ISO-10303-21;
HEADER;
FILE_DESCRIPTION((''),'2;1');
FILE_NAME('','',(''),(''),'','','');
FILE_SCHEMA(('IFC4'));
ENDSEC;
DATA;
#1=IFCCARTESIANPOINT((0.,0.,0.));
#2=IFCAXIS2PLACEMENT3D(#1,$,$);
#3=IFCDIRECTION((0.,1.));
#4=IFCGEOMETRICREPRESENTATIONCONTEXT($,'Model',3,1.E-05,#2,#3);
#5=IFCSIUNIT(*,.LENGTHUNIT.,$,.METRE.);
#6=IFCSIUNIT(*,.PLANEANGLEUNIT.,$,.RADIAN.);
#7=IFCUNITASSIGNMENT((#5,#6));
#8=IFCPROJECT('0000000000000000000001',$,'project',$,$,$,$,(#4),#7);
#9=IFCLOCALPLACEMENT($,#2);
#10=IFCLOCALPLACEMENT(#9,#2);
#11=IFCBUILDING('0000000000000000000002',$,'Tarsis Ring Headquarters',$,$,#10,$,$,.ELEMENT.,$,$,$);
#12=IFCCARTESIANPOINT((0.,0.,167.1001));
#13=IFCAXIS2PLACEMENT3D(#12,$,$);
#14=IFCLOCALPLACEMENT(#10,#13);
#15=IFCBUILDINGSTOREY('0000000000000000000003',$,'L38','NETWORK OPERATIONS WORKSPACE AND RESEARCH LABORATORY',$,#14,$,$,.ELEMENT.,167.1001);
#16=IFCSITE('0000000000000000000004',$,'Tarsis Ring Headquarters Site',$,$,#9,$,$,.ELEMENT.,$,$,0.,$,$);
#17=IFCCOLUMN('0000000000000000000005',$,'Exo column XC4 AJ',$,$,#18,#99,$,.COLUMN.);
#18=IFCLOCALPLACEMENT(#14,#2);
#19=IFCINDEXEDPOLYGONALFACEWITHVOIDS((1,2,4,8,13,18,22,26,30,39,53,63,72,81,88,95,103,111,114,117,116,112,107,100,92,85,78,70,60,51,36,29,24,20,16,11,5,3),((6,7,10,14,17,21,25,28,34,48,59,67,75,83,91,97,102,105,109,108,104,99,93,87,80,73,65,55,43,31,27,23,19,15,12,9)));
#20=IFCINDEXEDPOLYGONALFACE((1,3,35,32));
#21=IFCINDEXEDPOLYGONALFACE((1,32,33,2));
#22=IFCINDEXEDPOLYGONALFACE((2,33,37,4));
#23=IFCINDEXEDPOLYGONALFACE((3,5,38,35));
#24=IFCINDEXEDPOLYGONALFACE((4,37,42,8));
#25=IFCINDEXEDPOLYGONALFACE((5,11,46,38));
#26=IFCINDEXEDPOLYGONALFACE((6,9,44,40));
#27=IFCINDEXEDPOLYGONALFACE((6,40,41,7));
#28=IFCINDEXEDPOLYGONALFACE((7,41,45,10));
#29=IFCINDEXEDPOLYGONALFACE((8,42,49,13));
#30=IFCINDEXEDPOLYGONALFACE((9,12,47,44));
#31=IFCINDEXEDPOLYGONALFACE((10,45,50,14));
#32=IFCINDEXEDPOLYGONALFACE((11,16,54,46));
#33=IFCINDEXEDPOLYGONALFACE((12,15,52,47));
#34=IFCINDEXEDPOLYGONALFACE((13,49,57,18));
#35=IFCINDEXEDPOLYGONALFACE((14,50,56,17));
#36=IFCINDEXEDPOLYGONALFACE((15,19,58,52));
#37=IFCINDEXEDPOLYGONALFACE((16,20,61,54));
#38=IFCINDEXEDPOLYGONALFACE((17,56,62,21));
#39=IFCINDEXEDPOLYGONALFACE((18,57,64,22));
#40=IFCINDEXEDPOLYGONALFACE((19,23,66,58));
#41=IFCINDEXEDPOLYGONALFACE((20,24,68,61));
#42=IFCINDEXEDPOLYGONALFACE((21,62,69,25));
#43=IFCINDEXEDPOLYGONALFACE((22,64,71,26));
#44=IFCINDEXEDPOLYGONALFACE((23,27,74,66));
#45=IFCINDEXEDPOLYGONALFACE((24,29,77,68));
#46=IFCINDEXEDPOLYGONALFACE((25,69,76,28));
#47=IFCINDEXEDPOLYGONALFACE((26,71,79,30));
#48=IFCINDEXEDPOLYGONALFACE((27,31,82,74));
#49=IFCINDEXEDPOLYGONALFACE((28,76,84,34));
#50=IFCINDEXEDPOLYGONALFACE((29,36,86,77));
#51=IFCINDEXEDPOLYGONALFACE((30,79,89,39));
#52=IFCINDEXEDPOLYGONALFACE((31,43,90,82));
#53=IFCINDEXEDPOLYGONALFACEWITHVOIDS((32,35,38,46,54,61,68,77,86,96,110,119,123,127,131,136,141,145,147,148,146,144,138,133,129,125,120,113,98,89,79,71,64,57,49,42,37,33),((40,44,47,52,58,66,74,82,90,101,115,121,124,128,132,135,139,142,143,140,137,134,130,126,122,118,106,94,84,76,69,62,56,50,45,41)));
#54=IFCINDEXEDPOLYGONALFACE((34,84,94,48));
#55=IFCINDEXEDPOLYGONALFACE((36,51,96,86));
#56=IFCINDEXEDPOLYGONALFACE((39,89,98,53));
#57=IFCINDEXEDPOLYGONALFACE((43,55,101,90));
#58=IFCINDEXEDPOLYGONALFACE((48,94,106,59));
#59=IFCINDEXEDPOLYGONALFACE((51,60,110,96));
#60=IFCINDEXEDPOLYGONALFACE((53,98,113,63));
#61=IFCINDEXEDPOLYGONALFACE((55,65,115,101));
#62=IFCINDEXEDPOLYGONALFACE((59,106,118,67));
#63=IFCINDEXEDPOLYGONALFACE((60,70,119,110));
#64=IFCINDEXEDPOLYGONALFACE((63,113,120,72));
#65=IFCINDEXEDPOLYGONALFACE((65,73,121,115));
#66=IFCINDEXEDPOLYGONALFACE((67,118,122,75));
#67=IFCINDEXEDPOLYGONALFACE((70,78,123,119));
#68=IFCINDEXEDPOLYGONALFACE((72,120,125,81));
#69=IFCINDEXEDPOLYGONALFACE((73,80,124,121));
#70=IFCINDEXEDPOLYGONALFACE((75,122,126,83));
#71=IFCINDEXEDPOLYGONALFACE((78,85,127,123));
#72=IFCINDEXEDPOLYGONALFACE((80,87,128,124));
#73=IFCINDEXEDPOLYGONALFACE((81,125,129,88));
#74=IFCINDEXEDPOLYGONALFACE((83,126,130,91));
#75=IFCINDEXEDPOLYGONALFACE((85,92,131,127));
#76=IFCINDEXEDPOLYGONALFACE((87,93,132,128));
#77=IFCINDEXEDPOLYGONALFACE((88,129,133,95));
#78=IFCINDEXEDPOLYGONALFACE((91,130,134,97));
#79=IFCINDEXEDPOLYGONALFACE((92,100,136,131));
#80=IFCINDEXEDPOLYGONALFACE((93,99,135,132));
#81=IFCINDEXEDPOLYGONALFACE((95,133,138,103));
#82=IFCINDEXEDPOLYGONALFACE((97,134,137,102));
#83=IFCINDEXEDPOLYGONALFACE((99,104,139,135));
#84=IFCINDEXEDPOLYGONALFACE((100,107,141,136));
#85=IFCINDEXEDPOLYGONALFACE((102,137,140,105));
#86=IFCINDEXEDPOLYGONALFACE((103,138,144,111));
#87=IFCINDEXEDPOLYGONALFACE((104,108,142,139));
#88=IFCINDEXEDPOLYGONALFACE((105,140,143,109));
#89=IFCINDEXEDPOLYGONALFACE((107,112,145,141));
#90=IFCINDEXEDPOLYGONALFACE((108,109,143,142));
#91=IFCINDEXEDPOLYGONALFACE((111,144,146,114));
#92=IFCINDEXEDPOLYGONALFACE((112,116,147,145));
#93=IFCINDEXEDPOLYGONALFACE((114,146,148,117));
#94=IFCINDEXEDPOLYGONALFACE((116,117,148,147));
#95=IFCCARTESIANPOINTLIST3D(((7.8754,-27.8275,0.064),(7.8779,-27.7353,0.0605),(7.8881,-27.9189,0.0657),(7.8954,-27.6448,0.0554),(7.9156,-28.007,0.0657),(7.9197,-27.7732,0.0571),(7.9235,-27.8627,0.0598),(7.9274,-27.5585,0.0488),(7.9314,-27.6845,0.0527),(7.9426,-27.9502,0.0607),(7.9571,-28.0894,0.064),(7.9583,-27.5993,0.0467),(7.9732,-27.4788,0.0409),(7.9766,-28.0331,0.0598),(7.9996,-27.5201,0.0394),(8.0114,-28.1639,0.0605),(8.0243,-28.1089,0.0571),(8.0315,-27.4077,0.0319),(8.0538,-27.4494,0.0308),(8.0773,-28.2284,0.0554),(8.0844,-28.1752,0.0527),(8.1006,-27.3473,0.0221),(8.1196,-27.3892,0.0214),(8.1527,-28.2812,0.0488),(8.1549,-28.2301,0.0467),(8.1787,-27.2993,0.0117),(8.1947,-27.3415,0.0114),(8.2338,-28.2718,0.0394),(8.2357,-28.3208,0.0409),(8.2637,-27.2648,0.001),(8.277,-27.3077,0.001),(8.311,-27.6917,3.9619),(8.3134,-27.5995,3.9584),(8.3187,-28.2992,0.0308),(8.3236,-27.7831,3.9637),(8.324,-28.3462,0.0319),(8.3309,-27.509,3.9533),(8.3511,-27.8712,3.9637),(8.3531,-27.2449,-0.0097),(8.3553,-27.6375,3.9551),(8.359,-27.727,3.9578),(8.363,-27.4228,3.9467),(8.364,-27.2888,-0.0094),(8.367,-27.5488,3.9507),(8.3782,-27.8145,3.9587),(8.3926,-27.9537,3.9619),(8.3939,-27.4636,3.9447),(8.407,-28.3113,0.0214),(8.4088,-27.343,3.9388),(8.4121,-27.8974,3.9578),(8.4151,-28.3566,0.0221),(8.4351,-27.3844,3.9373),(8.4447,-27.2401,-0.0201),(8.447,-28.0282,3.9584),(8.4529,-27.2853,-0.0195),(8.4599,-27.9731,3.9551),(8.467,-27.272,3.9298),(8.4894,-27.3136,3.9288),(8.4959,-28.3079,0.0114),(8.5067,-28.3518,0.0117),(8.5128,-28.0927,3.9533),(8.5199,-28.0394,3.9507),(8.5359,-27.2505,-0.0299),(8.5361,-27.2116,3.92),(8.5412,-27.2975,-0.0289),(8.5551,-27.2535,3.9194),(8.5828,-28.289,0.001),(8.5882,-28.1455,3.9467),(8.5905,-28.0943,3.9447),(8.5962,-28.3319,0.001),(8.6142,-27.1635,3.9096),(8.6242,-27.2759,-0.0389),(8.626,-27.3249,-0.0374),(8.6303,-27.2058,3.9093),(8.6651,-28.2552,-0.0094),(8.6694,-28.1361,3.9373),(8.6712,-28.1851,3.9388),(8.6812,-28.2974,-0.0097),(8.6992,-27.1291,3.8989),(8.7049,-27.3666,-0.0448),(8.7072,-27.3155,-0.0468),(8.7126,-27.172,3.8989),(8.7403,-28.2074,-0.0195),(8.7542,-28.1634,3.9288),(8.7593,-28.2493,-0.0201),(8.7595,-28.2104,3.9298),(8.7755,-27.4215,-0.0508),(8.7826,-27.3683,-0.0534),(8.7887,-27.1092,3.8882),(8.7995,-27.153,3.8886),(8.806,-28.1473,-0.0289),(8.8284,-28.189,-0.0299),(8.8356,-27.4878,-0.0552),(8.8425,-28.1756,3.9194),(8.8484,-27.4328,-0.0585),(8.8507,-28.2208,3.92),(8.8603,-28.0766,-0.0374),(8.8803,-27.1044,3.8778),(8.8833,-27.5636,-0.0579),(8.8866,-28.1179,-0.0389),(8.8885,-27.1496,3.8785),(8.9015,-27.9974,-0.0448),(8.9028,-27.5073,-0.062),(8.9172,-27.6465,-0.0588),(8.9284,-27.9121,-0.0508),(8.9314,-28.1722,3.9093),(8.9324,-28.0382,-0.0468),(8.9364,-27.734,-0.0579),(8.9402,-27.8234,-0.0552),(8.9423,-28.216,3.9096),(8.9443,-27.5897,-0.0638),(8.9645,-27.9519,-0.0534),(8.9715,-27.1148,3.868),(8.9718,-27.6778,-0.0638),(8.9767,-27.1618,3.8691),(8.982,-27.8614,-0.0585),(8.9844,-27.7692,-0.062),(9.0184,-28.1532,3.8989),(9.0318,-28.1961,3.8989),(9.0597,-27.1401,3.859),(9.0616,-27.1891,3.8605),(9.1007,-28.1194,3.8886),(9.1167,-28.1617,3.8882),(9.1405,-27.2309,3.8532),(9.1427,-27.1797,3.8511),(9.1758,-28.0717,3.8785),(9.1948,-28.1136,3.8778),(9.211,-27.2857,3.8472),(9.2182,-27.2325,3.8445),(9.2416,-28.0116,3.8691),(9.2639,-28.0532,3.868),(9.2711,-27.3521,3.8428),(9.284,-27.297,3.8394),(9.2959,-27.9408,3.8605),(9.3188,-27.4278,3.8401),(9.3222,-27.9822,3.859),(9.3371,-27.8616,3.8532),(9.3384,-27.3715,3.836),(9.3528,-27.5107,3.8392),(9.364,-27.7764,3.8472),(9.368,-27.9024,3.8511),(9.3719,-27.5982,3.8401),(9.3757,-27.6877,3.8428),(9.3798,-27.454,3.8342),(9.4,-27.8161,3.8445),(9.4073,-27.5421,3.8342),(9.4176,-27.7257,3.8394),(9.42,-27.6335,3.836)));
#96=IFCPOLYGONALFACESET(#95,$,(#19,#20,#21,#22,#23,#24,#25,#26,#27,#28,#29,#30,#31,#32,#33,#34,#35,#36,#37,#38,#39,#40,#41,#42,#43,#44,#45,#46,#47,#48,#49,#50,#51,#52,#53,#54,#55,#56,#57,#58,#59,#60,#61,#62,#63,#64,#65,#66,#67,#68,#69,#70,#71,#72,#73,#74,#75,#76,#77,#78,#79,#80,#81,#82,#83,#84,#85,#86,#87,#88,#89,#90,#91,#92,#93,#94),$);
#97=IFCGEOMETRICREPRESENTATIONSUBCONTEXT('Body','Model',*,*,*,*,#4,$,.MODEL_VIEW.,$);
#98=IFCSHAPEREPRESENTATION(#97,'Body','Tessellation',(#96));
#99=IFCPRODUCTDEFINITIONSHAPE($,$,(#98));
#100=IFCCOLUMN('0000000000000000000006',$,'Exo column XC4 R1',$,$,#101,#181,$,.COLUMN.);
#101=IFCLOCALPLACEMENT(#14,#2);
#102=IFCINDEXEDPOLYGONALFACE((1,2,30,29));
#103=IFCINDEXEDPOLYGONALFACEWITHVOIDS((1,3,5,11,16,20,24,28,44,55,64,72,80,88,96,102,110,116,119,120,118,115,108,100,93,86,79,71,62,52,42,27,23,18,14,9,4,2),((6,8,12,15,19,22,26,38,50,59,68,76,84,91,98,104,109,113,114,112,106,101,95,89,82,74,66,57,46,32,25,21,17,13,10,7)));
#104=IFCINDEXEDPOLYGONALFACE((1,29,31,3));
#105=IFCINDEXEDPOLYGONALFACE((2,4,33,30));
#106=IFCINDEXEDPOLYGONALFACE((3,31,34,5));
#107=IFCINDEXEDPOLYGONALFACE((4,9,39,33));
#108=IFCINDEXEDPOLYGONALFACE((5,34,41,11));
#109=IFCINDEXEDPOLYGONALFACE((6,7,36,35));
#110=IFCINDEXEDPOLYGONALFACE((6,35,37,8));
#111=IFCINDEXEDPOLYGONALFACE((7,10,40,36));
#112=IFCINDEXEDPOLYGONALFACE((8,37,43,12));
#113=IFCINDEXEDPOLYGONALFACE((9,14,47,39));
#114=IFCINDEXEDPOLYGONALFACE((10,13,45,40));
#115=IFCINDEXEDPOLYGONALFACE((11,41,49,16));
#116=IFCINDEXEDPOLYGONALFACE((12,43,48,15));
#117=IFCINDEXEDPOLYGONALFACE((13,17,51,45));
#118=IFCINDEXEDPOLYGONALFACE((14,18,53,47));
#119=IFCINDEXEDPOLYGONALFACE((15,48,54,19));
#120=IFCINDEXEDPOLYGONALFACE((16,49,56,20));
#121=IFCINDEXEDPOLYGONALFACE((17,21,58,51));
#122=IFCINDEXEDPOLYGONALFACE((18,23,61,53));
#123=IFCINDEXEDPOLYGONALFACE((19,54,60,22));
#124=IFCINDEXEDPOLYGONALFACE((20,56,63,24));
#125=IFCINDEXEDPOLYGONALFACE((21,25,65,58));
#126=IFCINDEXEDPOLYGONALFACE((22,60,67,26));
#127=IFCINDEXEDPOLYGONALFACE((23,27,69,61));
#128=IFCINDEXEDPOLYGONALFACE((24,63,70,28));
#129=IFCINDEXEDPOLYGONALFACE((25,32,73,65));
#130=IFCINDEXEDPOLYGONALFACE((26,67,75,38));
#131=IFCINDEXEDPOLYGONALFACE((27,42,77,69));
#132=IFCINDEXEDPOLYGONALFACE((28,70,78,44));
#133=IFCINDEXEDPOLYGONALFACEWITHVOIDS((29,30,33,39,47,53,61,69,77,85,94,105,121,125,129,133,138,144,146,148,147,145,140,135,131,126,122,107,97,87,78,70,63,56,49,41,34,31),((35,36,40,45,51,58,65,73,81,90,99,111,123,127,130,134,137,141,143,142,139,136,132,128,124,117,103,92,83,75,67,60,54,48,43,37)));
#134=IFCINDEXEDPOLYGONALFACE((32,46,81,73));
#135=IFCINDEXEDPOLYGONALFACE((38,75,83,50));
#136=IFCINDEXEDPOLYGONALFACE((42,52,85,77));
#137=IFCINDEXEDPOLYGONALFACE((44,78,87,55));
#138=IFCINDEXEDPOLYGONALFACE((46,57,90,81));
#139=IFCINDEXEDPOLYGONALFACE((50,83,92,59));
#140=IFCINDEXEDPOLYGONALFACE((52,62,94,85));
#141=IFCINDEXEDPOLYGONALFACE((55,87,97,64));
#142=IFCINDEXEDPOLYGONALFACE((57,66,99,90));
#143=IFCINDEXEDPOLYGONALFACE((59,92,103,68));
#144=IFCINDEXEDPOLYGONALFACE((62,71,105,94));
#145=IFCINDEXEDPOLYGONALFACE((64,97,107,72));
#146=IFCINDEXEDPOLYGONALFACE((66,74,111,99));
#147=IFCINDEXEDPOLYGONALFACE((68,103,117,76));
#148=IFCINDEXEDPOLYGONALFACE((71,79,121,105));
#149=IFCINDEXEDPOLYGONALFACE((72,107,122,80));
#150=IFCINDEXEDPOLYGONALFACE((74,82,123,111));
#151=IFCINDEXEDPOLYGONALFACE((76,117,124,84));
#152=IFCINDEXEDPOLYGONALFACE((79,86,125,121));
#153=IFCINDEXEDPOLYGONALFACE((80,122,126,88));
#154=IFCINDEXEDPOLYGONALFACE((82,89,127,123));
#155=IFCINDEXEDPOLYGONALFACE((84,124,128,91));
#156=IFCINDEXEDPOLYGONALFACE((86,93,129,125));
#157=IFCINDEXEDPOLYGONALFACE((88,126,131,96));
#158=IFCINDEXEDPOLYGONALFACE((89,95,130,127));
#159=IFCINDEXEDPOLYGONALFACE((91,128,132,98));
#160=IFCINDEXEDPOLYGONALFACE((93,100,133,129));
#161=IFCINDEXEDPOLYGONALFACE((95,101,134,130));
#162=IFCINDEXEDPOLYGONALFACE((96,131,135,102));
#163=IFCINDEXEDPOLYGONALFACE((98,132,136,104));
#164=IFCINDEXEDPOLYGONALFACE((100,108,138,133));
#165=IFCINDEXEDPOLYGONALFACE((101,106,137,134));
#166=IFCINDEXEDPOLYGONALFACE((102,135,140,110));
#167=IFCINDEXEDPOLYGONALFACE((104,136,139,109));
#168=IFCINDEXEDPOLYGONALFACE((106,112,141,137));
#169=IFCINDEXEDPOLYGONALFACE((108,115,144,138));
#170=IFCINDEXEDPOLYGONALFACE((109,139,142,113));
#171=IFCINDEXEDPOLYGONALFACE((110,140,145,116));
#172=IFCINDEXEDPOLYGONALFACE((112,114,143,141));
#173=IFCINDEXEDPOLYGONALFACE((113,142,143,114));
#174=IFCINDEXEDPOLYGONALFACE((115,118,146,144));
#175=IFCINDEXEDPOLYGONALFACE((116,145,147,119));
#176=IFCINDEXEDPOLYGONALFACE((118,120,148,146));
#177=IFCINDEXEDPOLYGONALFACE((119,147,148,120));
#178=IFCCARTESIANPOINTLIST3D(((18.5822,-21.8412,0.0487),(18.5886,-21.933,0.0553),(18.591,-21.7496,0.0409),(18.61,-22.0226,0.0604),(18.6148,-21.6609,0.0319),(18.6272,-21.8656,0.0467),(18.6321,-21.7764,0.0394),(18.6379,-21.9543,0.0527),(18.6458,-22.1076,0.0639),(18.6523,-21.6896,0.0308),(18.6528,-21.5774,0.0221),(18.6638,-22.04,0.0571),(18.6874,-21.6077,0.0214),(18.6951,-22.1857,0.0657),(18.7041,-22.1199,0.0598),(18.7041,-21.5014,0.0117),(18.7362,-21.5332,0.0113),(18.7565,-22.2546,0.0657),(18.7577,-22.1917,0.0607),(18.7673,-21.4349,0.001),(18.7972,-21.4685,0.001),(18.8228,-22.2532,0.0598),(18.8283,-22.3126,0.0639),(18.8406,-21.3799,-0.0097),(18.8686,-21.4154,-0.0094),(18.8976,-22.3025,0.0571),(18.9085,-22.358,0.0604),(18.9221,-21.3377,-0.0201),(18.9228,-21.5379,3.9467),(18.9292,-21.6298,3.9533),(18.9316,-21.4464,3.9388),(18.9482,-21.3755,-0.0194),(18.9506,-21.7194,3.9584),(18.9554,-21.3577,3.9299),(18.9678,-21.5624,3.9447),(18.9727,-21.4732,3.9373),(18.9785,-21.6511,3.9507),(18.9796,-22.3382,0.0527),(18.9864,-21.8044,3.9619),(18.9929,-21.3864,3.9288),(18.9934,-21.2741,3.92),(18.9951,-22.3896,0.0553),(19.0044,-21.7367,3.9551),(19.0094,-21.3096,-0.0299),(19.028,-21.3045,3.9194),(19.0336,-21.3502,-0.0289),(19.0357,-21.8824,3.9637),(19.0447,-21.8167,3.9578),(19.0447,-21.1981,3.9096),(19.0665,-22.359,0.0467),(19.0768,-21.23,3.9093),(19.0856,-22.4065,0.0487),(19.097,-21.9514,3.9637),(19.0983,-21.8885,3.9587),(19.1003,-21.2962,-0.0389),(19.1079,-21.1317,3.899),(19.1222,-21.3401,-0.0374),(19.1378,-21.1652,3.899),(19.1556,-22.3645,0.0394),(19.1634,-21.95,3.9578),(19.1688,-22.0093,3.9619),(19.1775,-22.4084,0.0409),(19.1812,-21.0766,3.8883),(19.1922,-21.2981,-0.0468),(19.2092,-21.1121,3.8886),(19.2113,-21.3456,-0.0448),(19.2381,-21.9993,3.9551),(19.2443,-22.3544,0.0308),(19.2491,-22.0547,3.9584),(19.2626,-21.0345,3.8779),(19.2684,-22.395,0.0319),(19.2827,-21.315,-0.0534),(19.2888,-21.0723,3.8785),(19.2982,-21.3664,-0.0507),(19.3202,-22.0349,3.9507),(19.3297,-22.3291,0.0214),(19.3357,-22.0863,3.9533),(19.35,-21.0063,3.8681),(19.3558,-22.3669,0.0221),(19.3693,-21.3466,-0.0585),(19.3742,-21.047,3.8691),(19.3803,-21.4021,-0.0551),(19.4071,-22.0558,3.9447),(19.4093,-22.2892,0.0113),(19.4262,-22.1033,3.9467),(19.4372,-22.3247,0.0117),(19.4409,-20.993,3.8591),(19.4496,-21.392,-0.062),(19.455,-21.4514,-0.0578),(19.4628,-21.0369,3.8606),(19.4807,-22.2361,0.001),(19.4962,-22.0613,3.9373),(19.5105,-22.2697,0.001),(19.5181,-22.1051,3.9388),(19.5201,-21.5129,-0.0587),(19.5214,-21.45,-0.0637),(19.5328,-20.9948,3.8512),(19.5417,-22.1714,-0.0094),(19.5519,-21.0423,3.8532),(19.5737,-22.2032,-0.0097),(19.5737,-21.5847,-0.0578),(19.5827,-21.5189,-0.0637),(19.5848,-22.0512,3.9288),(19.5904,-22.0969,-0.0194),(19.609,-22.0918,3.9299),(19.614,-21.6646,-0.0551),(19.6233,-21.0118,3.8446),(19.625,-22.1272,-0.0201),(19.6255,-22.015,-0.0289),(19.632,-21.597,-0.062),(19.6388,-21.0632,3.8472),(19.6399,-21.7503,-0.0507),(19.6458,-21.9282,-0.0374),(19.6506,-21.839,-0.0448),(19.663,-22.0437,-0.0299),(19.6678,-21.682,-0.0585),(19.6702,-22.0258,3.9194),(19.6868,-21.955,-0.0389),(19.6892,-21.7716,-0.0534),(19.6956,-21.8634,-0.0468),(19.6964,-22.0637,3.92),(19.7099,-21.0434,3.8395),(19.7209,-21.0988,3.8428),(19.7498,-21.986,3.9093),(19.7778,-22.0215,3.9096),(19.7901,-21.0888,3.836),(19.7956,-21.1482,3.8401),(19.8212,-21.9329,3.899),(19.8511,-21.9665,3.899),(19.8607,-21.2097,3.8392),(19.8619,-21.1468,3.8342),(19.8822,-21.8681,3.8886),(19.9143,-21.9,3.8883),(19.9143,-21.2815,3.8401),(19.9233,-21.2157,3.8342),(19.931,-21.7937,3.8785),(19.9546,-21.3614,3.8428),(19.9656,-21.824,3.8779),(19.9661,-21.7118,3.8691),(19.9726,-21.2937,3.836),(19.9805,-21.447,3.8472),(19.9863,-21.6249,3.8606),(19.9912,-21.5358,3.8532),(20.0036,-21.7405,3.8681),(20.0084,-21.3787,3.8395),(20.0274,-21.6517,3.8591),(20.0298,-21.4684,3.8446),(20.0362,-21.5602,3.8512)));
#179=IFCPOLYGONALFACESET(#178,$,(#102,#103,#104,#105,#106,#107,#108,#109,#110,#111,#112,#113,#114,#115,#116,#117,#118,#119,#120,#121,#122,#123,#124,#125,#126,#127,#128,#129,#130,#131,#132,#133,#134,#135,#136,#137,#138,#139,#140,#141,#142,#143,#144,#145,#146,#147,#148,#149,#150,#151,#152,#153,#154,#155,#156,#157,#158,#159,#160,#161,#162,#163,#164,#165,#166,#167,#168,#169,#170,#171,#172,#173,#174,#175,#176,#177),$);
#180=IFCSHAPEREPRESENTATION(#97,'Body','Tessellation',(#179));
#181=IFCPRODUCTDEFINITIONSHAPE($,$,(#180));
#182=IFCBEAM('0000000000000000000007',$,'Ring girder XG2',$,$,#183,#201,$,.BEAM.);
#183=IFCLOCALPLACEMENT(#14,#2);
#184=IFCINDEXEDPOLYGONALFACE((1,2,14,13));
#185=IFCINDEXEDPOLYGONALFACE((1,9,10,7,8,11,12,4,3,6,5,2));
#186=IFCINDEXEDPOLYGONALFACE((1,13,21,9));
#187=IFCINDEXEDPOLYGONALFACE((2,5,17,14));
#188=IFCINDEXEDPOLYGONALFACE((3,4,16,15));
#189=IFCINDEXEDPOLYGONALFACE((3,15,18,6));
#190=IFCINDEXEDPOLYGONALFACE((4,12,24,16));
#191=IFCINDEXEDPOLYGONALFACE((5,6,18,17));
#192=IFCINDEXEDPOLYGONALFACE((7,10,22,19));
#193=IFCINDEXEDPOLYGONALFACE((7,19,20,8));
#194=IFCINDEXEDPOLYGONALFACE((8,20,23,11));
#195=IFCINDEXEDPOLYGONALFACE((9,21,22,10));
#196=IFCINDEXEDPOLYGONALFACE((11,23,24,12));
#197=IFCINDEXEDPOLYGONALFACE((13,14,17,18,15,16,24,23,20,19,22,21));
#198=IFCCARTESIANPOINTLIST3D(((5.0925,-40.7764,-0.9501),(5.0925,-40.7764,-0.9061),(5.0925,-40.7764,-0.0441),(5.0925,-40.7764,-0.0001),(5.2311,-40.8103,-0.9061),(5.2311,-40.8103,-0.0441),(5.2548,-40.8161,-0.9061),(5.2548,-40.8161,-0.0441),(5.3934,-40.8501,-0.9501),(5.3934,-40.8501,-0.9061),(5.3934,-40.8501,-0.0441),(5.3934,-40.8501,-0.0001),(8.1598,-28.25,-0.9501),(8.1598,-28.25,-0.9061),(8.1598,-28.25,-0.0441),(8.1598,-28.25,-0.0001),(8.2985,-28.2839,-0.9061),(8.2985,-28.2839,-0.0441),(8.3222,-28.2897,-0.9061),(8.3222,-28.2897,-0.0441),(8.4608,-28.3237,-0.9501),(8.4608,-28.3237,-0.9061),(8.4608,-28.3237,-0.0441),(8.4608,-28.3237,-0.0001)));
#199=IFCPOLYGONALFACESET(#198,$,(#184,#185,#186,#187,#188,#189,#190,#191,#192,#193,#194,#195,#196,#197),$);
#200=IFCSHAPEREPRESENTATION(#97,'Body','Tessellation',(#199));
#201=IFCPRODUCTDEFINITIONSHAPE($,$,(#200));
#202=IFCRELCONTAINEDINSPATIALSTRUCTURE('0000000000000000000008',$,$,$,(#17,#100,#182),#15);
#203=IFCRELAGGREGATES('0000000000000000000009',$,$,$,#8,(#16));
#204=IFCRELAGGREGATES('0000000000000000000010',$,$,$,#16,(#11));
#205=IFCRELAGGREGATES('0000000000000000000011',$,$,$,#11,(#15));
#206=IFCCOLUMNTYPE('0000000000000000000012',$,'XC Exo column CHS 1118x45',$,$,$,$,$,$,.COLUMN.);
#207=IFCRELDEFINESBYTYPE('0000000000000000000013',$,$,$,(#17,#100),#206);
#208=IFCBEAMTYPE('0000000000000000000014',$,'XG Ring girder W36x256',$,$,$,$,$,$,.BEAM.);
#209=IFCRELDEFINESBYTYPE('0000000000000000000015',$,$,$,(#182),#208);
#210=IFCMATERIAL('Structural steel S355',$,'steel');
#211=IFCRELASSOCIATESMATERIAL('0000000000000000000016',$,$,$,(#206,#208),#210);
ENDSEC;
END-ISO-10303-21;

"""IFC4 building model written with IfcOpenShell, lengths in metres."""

from ifc_helpers import new_model, si_unit, direction, frame, origin, origin_2d, place, context, subcontext, project, spatial, hollow_circle, i_section, extrude, material, material_profile, profile_set, type_object, element, save


model = new_model("IFC4")

# Units and contexts
model_context = context("Model", 3, precision=1e-05, world=origin(), true_north=direction((0.0, 1.0)))
body_context = subcontext(model_context, "Body", "Model", "MODEL_VIEW")
ifc_project = project(units=[si_unit("LENGTHUNIT", "METRE"), si_unit("PLANEANGLEUNIT", "RADIAN")], contexts=[model_context])

# Site, building, storey
site_placement = place(None, origin())
site = spatial("IfcSite", under=ifc_project, at=site_placement, Name="Tarsis Ring Headquarters Site", CompositionType="ELEMENT", RefElevation=0.0)
building_placement = place(site_placement, origin())
building = spatial("IfcBuilding", under=site, at=building_placement, Name="Tarsis Ring Headquarters", CompositionType="ELEMENT")
storey_placement = place(building_placement, frame((0.0, 0.0, 167.1001)))
storey = spatial("IfcBuildingStorey", under=building, at=storey_placement, Name="L38", Description="NETWORK OPERATIONS WORKSPACE AND RESEARCH LABORATORY", CompositionType="ELEMENT", Elevation=167.1001)

# Columns
ifc_material_1 = material(Name="Structural steel S355", Category="steel")
ifc_material_profile_1 = material_profile(ifc_material_1, hollow_circle(Radius=0.5588, WallThickness=0.0449, at=origin_2d()), Name="CHS 1118x45")
ifc_profile_set_1 = profile_set([ifc_material_profile_1], Name="Structural steel S355")
column_type = type_object("IfcColumnType", Name="XC Exo column CHS 1118x45", PredefinedType="COLUMN", material=ifc_profile_set_1)
for number, where, z_axis, x_axis, name in (
    (1, (8.4299, -27.7983, 0.001), (0.11098, 0.034588, 0.993221), (-0.297544, 0.954708, 0.0), "Exo column XC4 AJ"),
    (2, (19.1389, -21.8523, 0.001), (0.086781, 0.077263, 0.993227), (-0.664962, 0.746877, 0.0), "Exo column XC4 R1"),
):
    element("IfcColumn", number, at=place(storey_placement, frame(where, z_axis=z_axis, x_axis=x_axis)), inside=storey, type_object=column_type, Name=name, PredefinedType="COLUMN", context=body_context, shape_type="SweptSolid", body=[
        extrude(hollow_circle(Radius=0.5588, WallThickness=0.0449, at=origin_2d()), origin(), (0.0, 0.0, 1.0), 3.9246),
    ])

# Beam
ifc_material_profile_2 = material_profile(ifc_material_1, i_section(OverallWidth=0.3098, OverallDepth=0.95, WebThickness=0.0244, FlangeThickness=0.0439, at=origin_2d()), Name="W36x256")
ifc_profile_set_2 = profile_set([ifc_material_profile_2], Name="Structural steel S355")
beam_type = type_object("IfcBeamType", Name="XG Ring girder W36x256", PredefinedType="BEAM", material=ifc_profile_set_2)
beam_placement = place(storey_placement, frame((5.2429, -40.8132, -0.4751), z_axis=(0.237847, 0.971303, 0.0), x_axis=(-0.971303, 0.237847, 0.0)))
element("IfcBeam", 3, at=beam_placement, inside=storey, type_object=beam_type, Name="Ring girder XG2", PredefinedType="BEAM", context=body_context, shape_type="SweptSolid", body=[
    extrude(i_section(OverallWidth=0.3098, OverallDepth=0.95, WebThickness=0.0244, FlangeThickness=0.0439, at=origin_2d()), origin(), (0.0, 0.0, 1.0), 12.8965),
])

save(model, "model.ifc")
